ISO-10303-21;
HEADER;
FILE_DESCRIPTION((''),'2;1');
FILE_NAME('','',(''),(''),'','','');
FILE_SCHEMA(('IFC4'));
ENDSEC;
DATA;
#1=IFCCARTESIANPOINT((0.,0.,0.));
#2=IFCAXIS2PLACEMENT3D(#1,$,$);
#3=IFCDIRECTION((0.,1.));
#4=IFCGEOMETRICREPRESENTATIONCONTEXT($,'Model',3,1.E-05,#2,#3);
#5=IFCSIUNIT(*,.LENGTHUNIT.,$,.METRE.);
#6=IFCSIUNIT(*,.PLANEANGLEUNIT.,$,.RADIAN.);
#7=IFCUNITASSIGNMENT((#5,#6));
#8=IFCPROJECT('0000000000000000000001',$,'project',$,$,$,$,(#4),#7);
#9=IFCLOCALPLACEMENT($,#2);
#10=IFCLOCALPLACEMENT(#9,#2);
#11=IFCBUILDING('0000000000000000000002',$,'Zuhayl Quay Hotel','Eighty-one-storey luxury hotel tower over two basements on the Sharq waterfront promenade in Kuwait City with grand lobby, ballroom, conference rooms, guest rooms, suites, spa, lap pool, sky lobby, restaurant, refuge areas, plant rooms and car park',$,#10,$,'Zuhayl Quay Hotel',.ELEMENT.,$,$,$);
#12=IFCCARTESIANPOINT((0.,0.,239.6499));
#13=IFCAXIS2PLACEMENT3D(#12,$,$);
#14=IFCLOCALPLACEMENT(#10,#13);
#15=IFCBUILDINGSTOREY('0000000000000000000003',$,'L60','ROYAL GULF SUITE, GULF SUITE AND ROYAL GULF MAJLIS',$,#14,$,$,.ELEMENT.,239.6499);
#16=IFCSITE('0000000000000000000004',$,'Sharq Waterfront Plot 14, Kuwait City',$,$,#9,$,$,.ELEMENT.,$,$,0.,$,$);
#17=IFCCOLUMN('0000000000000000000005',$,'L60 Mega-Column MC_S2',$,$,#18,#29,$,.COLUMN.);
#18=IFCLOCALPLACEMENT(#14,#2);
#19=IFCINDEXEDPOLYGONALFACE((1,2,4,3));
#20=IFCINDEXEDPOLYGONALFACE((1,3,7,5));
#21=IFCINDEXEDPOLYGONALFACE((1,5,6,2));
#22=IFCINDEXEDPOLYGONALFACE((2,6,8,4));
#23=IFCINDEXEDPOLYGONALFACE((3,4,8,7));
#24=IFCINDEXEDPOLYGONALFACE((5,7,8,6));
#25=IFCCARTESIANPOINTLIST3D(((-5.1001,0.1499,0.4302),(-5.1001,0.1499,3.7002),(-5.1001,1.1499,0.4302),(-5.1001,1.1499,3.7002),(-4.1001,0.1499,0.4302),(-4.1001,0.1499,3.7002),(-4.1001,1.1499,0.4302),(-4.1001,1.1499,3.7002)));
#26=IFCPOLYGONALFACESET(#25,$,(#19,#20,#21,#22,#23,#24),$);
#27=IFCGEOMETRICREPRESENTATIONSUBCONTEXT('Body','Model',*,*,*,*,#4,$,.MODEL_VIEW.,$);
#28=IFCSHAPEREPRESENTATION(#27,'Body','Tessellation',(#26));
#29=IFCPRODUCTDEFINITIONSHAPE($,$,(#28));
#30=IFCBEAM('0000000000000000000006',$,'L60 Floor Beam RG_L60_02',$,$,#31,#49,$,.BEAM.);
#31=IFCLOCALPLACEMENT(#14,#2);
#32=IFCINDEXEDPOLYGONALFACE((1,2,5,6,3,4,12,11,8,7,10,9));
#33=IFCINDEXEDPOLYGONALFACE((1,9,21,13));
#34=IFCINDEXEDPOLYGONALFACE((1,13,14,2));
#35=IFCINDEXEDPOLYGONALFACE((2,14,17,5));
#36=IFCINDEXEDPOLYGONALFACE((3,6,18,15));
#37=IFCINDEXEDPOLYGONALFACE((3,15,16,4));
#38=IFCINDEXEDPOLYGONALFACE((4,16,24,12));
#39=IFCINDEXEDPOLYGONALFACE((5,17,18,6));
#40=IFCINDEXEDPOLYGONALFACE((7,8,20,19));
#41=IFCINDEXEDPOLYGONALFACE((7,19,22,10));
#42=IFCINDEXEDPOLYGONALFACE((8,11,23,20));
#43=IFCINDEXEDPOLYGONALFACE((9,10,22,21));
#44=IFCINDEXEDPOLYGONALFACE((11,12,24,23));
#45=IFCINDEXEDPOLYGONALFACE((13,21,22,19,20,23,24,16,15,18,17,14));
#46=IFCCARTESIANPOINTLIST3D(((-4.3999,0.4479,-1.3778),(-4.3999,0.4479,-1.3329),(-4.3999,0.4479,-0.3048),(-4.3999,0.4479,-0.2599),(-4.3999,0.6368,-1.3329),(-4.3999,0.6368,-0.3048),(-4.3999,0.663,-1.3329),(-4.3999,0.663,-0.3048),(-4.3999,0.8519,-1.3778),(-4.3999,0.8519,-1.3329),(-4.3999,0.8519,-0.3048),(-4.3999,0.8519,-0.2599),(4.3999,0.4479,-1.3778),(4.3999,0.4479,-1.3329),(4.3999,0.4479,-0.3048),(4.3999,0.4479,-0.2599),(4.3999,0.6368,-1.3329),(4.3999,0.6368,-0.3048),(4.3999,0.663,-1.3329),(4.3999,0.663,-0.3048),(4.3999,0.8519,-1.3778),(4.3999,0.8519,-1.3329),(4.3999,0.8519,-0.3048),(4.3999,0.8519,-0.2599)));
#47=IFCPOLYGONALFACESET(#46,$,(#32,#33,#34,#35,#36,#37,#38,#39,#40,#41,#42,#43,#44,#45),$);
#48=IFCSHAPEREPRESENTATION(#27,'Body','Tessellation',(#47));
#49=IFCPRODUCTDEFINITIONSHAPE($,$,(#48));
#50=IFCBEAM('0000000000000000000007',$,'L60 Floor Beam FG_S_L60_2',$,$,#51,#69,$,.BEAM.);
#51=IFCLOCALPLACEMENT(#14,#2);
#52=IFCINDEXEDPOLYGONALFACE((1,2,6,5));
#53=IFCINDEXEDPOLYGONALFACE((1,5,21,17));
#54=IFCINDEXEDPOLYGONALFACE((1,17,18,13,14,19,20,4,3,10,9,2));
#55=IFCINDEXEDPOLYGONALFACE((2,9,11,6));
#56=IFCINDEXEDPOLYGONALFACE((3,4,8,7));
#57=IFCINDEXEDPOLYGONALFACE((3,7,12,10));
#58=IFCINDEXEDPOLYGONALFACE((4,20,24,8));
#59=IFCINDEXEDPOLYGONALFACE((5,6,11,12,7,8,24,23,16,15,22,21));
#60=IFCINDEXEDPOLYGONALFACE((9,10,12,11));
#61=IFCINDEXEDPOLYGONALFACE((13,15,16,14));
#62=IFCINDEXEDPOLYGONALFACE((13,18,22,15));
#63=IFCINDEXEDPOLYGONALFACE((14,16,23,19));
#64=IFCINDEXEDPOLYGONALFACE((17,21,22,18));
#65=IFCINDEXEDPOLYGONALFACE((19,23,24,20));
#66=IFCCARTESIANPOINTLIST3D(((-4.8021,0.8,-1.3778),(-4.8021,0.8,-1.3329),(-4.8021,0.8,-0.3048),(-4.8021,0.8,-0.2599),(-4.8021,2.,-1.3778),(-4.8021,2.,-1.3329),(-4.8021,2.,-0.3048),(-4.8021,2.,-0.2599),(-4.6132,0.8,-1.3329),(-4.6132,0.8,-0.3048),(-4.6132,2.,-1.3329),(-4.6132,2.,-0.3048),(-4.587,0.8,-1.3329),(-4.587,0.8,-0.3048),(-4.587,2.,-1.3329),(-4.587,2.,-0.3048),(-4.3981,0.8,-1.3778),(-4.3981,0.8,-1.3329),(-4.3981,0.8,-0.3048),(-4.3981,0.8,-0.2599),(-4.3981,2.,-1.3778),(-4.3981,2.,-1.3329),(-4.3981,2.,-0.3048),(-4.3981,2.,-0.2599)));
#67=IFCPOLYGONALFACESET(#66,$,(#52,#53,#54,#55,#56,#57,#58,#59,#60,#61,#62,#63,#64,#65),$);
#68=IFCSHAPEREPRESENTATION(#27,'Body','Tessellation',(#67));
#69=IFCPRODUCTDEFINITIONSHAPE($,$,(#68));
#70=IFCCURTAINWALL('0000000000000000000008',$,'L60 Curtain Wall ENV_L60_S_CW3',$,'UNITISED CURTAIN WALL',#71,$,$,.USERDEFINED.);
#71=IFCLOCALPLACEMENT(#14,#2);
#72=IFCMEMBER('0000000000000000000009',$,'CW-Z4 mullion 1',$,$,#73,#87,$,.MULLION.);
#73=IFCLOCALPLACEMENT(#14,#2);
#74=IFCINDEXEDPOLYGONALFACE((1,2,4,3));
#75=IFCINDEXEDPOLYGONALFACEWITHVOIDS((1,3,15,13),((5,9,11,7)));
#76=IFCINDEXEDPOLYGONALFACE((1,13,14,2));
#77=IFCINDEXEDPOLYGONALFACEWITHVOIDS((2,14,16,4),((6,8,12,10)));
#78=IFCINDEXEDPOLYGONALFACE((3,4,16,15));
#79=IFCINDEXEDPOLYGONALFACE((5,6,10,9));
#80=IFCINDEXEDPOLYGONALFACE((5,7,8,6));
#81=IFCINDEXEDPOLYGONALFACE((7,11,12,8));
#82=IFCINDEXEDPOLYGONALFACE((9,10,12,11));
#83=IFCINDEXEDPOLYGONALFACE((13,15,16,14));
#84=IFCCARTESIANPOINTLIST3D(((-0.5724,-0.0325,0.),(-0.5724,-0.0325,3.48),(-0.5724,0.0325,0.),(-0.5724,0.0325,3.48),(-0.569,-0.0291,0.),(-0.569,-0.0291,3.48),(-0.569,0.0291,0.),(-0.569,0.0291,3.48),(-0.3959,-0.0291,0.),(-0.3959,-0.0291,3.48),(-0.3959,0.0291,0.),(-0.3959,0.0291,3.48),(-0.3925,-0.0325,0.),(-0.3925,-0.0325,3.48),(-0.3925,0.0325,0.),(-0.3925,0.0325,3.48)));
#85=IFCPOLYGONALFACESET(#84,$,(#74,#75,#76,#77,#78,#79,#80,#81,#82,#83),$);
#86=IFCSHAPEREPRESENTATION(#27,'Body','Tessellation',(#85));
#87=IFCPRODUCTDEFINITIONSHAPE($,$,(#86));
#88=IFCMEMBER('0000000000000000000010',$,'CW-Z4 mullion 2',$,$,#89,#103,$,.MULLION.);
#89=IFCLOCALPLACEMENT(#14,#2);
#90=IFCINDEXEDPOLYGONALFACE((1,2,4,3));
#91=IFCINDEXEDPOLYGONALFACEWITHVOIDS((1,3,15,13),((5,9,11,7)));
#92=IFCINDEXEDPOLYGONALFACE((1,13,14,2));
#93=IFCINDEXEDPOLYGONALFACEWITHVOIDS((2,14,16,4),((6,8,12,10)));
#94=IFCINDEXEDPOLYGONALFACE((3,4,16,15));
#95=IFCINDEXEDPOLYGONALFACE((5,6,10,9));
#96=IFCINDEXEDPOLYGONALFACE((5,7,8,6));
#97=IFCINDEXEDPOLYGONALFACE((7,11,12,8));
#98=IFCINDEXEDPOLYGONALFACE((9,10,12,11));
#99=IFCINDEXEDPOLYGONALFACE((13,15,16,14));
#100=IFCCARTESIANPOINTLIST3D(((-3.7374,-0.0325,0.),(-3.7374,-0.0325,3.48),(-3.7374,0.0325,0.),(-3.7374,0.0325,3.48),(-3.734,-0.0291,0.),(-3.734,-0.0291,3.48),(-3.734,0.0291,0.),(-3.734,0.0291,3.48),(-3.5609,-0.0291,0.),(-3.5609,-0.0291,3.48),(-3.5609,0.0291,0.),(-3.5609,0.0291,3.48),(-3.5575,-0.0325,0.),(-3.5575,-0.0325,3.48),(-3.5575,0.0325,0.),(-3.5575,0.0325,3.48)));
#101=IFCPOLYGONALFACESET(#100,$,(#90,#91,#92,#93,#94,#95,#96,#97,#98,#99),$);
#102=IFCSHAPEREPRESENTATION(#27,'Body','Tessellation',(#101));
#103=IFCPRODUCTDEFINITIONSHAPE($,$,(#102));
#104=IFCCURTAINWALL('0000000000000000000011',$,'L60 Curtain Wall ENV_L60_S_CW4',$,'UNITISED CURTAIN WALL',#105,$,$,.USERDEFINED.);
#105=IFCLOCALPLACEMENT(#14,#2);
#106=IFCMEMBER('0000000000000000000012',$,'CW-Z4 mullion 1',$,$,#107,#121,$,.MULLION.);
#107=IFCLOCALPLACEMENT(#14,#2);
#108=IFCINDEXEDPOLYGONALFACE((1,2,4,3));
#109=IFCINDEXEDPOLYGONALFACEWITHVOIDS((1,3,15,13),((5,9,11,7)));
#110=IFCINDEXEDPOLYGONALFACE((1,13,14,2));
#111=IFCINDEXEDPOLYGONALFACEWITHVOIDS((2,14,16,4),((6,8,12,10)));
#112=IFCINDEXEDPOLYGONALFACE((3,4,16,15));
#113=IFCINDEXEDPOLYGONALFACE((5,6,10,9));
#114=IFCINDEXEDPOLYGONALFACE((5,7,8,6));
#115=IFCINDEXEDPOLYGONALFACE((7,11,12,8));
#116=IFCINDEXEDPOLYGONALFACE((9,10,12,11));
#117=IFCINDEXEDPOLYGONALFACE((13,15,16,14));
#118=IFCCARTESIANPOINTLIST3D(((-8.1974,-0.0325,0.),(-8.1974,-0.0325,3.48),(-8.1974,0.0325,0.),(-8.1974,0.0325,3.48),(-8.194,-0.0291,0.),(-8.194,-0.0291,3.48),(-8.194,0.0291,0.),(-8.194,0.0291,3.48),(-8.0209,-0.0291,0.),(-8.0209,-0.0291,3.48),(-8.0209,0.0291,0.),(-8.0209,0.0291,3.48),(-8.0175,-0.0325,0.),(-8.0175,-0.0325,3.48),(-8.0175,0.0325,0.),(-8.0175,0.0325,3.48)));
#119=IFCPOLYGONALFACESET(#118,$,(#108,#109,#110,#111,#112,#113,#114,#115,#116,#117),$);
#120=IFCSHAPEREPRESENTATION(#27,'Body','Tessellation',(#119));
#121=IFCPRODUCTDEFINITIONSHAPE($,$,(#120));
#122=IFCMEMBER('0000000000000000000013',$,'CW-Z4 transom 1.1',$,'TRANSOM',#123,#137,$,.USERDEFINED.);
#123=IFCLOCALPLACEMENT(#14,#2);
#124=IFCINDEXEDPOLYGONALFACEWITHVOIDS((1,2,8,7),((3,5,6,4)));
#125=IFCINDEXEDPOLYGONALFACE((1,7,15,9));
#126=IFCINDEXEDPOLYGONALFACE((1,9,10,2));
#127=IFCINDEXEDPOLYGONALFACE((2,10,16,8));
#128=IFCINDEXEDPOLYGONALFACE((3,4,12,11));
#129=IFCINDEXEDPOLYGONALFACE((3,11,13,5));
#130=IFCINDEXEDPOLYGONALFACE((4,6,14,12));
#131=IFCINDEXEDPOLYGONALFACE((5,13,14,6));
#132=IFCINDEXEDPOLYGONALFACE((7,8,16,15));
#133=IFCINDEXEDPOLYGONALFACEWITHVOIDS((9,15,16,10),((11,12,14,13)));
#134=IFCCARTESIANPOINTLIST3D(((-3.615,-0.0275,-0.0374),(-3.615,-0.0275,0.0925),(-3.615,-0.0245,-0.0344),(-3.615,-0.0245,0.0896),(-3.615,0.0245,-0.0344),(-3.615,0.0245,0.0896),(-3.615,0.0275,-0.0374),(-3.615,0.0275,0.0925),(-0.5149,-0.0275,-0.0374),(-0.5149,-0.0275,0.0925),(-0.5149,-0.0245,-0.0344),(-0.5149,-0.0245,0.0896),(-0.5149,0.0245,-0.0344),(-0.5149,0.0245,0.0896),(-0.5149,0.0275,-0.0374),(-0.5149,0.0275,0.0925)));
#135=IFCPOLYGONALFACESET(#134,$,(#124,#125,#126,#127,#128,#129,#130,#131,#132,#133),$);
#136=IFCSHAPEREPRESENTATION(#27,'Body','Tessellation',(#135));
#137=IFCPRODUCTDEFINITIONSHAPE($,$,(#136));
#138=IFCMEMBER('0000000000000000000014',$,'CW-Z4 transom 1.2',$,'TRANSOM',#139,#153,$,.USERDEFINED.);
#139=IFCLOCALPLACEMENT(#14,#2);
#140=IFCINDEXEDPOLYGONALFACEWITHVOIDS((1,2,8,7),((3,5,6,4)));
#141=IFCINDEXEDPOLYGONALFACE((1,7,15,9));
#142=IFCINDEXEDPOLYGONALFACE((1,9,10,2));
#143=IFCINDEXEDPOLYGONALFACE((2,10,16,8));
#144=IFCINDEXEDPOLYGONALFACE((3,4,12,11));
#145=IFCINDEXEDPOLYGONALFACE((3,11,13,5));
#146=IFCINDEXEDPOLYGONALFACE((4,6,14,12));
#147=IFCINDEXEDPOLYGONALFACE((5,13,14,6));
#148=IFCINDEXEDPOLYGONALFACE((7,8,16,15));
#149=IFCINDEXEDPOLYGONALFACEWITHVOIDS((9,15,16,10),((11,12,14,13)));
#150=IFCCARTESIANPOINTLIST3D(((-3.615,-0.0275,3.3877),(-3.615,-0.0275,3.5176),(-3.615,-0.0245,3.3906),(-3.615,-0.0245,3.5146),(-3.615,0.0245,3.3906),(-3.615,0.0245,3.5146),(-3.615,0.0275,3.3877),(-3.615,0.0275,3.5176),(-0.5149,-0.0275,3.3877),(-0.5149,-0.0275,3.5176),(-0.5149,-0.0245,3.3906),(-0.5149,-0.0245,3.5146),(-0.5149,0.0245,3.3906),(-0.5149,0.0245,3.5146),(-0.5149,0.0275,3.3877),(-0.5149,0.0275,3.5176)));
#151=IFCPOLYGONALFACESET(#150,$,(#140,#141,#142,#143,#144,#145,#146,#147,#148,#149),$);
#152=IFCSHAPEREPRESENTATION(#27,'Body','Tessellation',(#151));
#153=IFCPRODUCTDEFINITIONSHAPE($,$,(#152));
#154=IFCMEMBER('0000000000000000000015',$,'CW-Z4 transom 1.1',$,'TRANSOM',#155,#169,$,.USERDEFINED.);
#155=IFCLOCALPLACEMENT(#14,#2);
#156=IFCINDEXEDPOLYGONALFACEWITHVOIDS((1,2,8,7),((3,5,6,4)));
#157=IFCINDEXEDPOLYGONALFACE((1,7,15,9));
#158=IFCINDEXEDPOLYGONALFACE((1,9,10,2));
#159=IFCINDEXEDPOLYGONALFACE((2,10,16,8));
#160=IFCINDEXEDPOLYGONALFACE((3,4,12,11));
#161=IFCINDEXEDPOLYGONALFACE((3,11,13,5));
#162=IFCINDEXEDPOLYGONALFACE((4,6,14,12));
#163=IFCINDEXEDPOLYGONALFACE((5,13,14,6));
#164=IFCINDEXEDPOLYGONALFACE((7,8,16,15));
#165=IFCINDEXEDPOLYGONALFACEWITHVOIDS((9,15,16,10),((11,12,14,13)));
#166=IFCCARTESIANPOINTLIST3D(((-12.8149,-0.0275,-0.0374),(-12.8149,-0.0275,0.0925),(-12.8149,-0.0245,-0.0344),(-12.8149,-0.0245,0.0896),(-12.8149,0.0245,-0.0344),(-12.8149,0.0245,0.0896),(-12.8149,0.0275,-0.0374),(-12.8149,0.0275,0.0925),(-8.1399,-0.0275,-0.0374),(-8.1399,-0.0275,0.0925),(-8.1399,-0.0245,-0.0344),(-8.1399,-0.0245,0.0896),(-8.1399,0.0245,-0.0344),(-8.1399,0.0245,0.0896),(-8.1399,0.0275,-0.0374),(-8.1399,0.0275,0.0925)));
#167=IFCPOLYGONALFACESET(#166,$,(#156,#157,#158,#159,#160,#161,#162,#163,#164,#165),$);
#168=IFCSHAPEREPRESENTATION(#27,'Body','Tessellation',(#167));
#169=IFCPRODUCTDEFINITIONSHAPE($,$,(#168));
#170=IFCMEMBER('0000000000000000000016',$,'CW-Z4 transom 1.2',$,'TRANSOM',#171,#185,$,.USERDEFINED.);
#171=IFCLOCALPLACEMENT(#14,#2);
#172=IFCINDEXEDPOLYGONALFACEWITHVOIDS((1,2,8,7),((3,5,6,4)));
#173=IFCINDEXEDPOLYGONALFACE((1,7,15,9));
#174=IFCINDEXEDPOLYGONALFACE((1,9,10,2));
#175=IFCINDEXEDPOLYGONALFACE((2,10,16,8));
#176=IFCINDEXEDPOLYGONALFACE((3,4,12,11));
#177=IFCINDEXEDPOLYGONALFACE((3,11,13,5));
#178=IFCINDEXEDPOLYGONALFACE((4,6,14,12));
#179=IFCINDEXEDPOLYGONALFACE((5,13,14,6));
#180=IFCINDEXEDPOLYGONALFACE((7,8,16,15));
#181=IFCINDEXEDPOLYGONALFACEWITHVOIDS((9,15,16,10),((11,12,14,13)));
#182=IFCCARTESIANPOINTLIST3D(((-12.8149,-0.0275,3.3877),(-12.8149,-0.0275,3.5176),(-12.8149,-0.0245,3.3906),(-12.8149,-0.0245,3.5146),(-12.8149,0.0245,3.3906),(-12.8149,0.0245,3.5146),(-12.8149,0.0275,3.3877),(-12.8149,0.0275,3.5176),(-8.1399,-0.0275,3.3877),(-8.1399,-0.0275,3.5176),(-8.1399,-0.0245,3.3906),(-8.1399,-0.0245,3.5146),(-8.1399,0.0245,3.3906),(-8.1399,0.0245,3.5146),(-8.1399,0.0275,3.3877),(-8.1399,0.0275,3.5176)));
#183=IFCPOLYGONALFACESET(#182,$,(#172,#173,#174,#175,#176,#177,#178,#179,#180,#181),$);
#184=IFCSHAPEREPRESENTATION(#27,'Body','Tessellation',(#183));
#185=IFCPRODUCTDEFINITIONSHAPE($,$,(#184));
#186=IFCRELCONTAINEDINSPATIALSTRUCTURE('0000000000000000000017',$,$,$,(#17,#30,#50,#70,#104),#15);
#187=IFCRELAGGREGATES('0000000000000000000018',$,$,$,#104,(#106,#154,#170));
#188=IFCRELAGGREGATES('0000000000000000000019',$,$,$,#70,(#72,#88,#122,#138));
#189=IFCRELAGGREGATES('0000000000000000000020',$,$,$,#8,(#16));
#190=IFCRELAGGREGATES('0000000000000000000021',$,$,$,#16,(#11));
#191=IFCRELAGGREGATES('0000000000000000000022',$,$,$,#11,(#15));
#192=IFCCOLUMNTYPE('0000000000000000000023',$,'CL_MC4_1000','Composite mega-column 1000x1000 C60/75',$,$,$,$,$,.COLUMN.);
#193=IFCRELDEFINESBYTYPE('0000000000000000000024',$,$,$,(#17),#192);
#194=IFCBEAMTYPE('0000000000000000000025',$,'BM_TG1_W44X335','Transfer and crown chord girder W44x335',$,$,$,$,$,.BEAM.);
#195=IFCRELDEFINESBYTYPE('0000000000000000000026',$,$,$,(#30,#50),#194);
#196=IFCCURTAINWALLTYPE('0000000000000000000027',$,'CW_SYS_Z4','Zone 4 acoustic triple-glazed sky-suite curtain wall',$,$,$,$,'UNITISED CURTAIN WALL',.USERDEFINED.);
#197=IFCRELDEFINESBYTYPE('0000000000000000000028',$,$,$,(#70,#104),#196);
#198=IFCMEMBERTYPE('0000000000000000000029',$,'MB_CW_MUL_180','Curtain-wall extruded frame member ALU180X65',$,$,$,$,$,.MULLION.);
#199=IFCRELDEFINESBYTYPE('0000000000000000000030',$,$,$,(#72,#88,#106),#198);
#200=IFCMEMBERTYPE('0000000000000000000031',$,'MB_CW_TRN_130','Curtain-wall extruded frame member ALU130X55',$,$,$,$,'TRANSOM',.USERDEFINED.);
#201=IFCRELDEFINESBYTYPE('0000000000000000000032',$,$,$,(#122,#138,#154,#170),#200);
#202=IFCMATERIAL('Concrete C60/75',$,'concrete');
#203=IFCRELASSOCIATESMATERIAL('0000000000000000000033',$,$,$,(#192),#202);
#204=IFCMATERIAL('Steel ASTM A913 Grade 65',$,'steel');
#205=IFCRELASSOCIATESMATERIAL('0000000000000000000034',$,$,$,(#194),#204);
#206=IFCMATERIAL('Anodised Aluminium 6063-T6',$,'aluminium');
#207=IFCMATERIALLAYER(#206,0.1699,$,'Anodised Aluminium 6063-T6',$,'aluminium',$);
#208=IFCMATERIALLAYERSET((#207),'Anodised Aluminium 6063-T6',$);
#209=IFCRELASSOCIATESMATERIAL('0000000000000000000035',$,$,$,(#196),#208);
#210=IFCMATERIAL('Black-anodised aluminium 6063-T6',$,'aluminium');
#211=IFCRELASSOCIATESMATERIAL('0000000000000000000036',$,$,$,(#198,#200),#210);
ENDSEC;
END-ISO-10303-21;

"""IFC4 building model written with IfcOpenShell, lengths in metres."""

from ifc_helpers import new_model, si_unit, direction, frame, origin, origin_2d, place, context, subcontext, project, spatial, rectangle, hollow_rectangle, i_section, extrude, material, layer, layer_set, material_profile, profile_set, type_object, element, aggregate, save


model = new_model("IFC4")

# Units and contexts
model_context = context("Model", 3, precision=1e-05, world=origin(), true_north=direction((0.0, 1.0)))
body_context = subcontext(model_context, "Body", "Model", "MODEL_VIEW")
ifc_project = project(units=[si_unit("LENGTHUNIT", "METRE"), si_unit("PLANEANGLEUNIT", "RADIAN")], contexts=[model_context])

# Site, building, storey
site_placement = place(None, origin())
site = spatial("IfcSite", under=ifc_project, at=site_placement, Name="Sharq Waterfront Plot 14, Kuwait City", CompositionType="ELEMENT", RefElevation=0.0)
building_placement = place(site_placement, origin())
building = spatial("IfcBuilding", under=site, at=building_placement, Name="Zuhayl Quay Hotel", Description="Eighty-one-storey luxury hotel tower over two basements on the Sharq waterfront promenade in Kuwait City with grand lobby, ballroom, conference rooms, guest rooms, suites, spa, lap pool, sky lobby, restaurant, refuge areas, plant rooms and car park", LongName="Zuhayl Quay Hotel", CompositionType="ELEMENT")
storey_placement = place(building_placement, frame((0.0, 0.0, 239.6499)))
storey = spatial("IfcBuildingStorey", under=building, at=storey_placement, Name="L60", Description="ROYAL GULF SUITE, GULF SUITE AND ROYAL GULF MAJLIS", CompositionType="ELEMENT", Elevation=239.6499)

# Column
ifc_material_1 = material(Name="Concrete C60/75", Category="concrete")
ifc_material_profile_1 = material_profile(ifc_material_1, rectangle(XDim=1.0, YDim=1.0, at=origin_2d()), Name="RC1000X1000")
ifc_profile_set_1 = profile_set([ifc_material_profile_1], Name="Concrete C60/75")
column_type = type_object("IfcColumnType", Name="CL_MC4_1000", Description="Composite mega-column 1000x1000 C60/75", PredefinedType="COLUMN", material=ifc_profile_set_1)
column_placement = place(storey_placement, frame((-4.6001, 0.6499, 0.4302), z_axis=(0.0, 0.0, 1.0), x_axis=(1.0, 0.0, 0.0)))
element("IfcColumn", 1, at=column_placement, inside=storey, type_object=column_type, Name="L60 Mega-Column MC_S2", PredefinedType="COLUMN", context=body_context, shape_type="SweptSolid", body=[
    extrude(rectangle(XDim=1.0, YDim=1.0, at=origin_2d()), origin(), (0.0, 0.0, 1.0), 3.27),
])

# Beams
ifc_material_2 = material(Name="Steel ASTM A913 Grade 65", Category="steel")
ifc_material_profile_2 = material_profile(ifc_material_2, i_section(OverallWidth=0.4041, OverallDepth=1.1179, WebThickness=0.0261, FlangeThickness=0.0449, at=origin_2d()), Name="W44X335")
ifc_profile_set_2 = profile_set([ifc_material_profile_2], Name="Steel ASTM A913 Grade 65")
beam_type = type_object("IfcBeamType", Name="BM_TG1_W44X335", Description="Transfer and crown chord girder W44x335", PredefinedType="BEAM", material=ifc_profile_set_2)
beam_1_placement = place(storey_placement, frame((-4.3999, 0.6499, -0.8188), z_axis=(1.0, 0.0, 0.0), x_axis=(0.0, 1.0, 0.0)))
element("IfcBeam", 2, at=beam_1_placement, inside=storey, type_object=beam_type, Name="L60 Floor Beam RG_L60_02", PredefinedType="BEAM", context=body_context, shape_type="SweptSolid", body=[
    extrude(i_section(OverallWidth=0.4041, OverallDepth=1.1179, WebThickness=0.0261, FlangeThickness=0.0449, at=origin_2d()), origin(), (0.0, 0.0, 1.0), 8.7998),
])
beam_2_placement = place(storey_placement, frame((-4.6001, 0.8, -0.8188), z_axis=(0.0, 1.0, 0.0), x_axis=(-1.0, 0.0, 0.0)))
element("IfcBeam", 3, at=beam_2_placement, inside=storey, type_object=beam_type, Name="L60 Floor Beam FG_S_L60_2", PredefinedType="BEAM", context=body_context, shape_type="SweptSolid", body=[
    extrude(i_section(OverallWidth=0.4041, OverallDepth=1.1179, WebThickness=0.0261, FlangeThickness=0.0449, at=origin_2d()), origin(), (0.0, 0.0, 1.0), 1.2),
])

# Curtain wall, members
ifc_material_3 = material(Name="Anodised Aluminium 6063-T6", Category="aluminium")
ifc_layer_1 = layer(ifc_material_3, 0.1699, Name="Anodised Aluminium 6063-T6", Category="aluminium")
ifc_layer_set_1 = layer_set([ifc_layer_1], Name="Anodised Aluminium 6063-T6")
curtain_wall_type = type_object("IfcCurtainWallType", Name="CW_SYS_Z4", Description="Zone 4 acoustic triple-glazed sky-suite curtain wall", ElementType="UNITISED CURTAIN WALL", PredefinedType="USERDEFINED", material=ifc_layer_set_1)
curtain_wall_1_placement = place(storey_placement, origin())
curtain_wall_1 = element("IfcCurtainWall", 4, at=curtain_wall_1_placement, inside=storey, type_object=curtain_wall_type, Name="L60 Curtain Wall ENV_L60_S_CW3", ObjectType="UNITISED CURTAIN WALL", PredefinedType="USERDEFINED")
ifc_material_4 = material(Name="Black-anodised aluminium 6063-T6", Category="aluminium")
ifc_material_profile_3 = material_profile(ifc_material_4, hollow_rectangle(XDim=0.0649, YDim=0.1799, WallThickness=0.0034, at=origin_2d()), Name="ALU180X65")
ifc_profile_set_3 = profile_set([ifc_material_profile_3], Name="Black-anodised aluminium 6063-T6")
member_type_1 = type_object("IfcMemberType", Name="MB_CW_MUL_180", Description="Curtain-wall extruded frame member ALU180X65", PredefinedType="MULLION", material=ifc_profile_set_3)
member_1_placement = place(storey_placement, frame((-0.4824, 0.0, 0.0), z_axis=(0.0, 0.0, 1.0), x_axis=(0.0, -1.0, 0.0)))
member_1 = element("IfcMember", 5, at=member_1_placement, type_object=member_type_1, Name="CW-Z4 mullion 1", PredefinedType="MULLION", context=body_context, shape_type="SweptSolid", body=[
    extrude(hollow_rectangle(XDim=0.0649, YDim=0.1799, WallThickness=0.0034, at=origin_2d()), origin(), (0.0, 0.0, 1.0), 3.48),
])
member_2_placement = place(storey_placement, frame((-3.6475, 0.0, 0.0), z_axis=(0.0, 0.0, 1.0), x_axis=(0.0, -1.0, 0.0)))
member_2 = element("IfcMember", 6, at=member_2_placement, type_object=member_type_1, Name="CW-Z4 mullion 2", PredefinedType="MULLION", context=body_context, shape_type="SweptSolid", body=[
    extrude(hollow_rectangle(XDim=0.0649, YDim=0.1799, WallThickness=0.0034, at=origin_2d()), origin(), (0.0, 0.0, 1.0), 3.48),
])

# Curtain wall, member
curtain_wall_2_placement = place(storey_placement, origin())
curtain_wall_2 = element("IfcCurtainWall", 7, at=curtain_wall_2_placement, inside=storey, type_object=curtain_wall_type, Name="L60 Curtain Wall ENV_L60_S_CW4", ObjectType="UNITISED CURTAIN WALL", PredefinedType="USERDEFINED")
member_3_placement = place(storey_placement, frame((-8.1074, 0.0, 0.0), z_axis=(0.0, 0.0, 1.0), x_axis=(0.0, -1.0, 0.0)))
member_3 = element("IfcMember", 8, at=member_3_placement, type_object=member_type_1, Name="CW-Z4 mullion 1", PredefinedType="MULLION", context=body_context, shape_type="SweptSolid", body=[
    extrude(hollow_rectangle(XDim=0.0649, YDim=0.1799, WallThickness=0.0034, at=origin_2d()), origin(), (0.0, 0.0, 1.0), 3.48),
])

# Members
ifc_material_profile_4 = material_profile(ifc_material_4, hollow_rectangle(XDim=0.0549, YDim=0.1299, WallThickness=0.0029, at=origin_2d()), Name="ALU130X55")
ifc_profile_set_4 = profile_set([ifc_material_profile_4], Name="Black-anodised aluminium 6063-T6")
member_type_2 = type_object("IfcMemberType", Name="MB_CW_TRN_130", Description="Curtain-wall extruded frame member ALU130X55", ElementType="TRANSOM", PredefinedType="USERDEFINED", material=ifc_profile_set_4)
member_4_placement = place(storey_placement, frame((-0.5149, 0.0, 0.0276), z_axis=(-1.0, 0.0, 0.0), x_axis=(0.0, -1.0, 0.0)))
member_4 = element("IfcMember", 9, at=member_4_placement, type_object=member_type_2, Name="CW-Z4 transom 1.1", ObjectType="TRANSOM", PredefinedType="USERDEFINED", context=body_context, shape_type="SweptSolid", body=[
    extrude(hollow_rectangle(XDim=0.0549, YDim=0.1299, WallThickness=0.0029, at=origin_2d()), origin(), (0.0, 0.0, 1.0), 3.1001),
])
member_5_placement = place(storey_placement, frame((-0.5149, 0.0, 3.4526), z_axis=(-1.0, 0.0, 0.0), x_axis=(0.0, -1.0, 0.0)))
member_5 = element("IfcMember", 10, at=member_5_placement, type_object=member_type_2, Name="CW-Z4 transom 1.2", ObjectType="TRANSOM", PredefinedType="USERDEFINED", context=body_context, shape_type="SweptSolid", body=[
    extrude(hollow_rectangle(XDim=0.0549, YDim=0.1299, WallThickness=0.0029, at=origin_2d()), origin(), (0.0, 0.0, 1.0), 3.1001),
])
member_6_placement = place(storey_placement, frame((-8.1399, 0.0, 0.0276), z_axis=(-1.0, 0.0, 0.0), x_axis=(0.0, -1.0, 0.0)))
member_6 = element("IfcMember", 11, at=member_6_placement, type_object=member_type_2, Name="CW-Z4 transom 1.1", ObjectType="TRANSOM", PredefinedType="USERDEFINED", context=body_context, shape_type="SweptSolid", body=[
    extrude(hollow_rectangle(XDim=0.0549, YDim=0.1299, WallThickness=0.0029, at=origin_2d()), origin(), (0.0, 0.0, 1.0), 4.675),
])
member_7_placement = place(storey_placement, frame((-8.1399, 0.0, 3.4526), z_axis=(-1.0, 0.0, 0.0), x_axis=(0.0, -1.0, 0.0)))
member_7 = element("IfcMember", 12, at=member_7_placement, type_object=member_type_2, Name="CW-Z4 transom 1.2", ObjectType="TRANSOM", PredefinedType="USERDEFINED", context=body_context, shape_type="SweptSolid", body=[
    extrude(hollow_rectangle(XDim=0.0549, YDim=0.1299, WallThickness=0.0029, at=origin_2d()), origin(), (0.0, 0.0, 1.0), 4.675),
])
aggregate(curtain_wall_2, [member_3, member_6, member_7])

aggregate(curtain_wall_1, [member_1, member_2, member_4, member_5])

save(model, "model.ifc")
